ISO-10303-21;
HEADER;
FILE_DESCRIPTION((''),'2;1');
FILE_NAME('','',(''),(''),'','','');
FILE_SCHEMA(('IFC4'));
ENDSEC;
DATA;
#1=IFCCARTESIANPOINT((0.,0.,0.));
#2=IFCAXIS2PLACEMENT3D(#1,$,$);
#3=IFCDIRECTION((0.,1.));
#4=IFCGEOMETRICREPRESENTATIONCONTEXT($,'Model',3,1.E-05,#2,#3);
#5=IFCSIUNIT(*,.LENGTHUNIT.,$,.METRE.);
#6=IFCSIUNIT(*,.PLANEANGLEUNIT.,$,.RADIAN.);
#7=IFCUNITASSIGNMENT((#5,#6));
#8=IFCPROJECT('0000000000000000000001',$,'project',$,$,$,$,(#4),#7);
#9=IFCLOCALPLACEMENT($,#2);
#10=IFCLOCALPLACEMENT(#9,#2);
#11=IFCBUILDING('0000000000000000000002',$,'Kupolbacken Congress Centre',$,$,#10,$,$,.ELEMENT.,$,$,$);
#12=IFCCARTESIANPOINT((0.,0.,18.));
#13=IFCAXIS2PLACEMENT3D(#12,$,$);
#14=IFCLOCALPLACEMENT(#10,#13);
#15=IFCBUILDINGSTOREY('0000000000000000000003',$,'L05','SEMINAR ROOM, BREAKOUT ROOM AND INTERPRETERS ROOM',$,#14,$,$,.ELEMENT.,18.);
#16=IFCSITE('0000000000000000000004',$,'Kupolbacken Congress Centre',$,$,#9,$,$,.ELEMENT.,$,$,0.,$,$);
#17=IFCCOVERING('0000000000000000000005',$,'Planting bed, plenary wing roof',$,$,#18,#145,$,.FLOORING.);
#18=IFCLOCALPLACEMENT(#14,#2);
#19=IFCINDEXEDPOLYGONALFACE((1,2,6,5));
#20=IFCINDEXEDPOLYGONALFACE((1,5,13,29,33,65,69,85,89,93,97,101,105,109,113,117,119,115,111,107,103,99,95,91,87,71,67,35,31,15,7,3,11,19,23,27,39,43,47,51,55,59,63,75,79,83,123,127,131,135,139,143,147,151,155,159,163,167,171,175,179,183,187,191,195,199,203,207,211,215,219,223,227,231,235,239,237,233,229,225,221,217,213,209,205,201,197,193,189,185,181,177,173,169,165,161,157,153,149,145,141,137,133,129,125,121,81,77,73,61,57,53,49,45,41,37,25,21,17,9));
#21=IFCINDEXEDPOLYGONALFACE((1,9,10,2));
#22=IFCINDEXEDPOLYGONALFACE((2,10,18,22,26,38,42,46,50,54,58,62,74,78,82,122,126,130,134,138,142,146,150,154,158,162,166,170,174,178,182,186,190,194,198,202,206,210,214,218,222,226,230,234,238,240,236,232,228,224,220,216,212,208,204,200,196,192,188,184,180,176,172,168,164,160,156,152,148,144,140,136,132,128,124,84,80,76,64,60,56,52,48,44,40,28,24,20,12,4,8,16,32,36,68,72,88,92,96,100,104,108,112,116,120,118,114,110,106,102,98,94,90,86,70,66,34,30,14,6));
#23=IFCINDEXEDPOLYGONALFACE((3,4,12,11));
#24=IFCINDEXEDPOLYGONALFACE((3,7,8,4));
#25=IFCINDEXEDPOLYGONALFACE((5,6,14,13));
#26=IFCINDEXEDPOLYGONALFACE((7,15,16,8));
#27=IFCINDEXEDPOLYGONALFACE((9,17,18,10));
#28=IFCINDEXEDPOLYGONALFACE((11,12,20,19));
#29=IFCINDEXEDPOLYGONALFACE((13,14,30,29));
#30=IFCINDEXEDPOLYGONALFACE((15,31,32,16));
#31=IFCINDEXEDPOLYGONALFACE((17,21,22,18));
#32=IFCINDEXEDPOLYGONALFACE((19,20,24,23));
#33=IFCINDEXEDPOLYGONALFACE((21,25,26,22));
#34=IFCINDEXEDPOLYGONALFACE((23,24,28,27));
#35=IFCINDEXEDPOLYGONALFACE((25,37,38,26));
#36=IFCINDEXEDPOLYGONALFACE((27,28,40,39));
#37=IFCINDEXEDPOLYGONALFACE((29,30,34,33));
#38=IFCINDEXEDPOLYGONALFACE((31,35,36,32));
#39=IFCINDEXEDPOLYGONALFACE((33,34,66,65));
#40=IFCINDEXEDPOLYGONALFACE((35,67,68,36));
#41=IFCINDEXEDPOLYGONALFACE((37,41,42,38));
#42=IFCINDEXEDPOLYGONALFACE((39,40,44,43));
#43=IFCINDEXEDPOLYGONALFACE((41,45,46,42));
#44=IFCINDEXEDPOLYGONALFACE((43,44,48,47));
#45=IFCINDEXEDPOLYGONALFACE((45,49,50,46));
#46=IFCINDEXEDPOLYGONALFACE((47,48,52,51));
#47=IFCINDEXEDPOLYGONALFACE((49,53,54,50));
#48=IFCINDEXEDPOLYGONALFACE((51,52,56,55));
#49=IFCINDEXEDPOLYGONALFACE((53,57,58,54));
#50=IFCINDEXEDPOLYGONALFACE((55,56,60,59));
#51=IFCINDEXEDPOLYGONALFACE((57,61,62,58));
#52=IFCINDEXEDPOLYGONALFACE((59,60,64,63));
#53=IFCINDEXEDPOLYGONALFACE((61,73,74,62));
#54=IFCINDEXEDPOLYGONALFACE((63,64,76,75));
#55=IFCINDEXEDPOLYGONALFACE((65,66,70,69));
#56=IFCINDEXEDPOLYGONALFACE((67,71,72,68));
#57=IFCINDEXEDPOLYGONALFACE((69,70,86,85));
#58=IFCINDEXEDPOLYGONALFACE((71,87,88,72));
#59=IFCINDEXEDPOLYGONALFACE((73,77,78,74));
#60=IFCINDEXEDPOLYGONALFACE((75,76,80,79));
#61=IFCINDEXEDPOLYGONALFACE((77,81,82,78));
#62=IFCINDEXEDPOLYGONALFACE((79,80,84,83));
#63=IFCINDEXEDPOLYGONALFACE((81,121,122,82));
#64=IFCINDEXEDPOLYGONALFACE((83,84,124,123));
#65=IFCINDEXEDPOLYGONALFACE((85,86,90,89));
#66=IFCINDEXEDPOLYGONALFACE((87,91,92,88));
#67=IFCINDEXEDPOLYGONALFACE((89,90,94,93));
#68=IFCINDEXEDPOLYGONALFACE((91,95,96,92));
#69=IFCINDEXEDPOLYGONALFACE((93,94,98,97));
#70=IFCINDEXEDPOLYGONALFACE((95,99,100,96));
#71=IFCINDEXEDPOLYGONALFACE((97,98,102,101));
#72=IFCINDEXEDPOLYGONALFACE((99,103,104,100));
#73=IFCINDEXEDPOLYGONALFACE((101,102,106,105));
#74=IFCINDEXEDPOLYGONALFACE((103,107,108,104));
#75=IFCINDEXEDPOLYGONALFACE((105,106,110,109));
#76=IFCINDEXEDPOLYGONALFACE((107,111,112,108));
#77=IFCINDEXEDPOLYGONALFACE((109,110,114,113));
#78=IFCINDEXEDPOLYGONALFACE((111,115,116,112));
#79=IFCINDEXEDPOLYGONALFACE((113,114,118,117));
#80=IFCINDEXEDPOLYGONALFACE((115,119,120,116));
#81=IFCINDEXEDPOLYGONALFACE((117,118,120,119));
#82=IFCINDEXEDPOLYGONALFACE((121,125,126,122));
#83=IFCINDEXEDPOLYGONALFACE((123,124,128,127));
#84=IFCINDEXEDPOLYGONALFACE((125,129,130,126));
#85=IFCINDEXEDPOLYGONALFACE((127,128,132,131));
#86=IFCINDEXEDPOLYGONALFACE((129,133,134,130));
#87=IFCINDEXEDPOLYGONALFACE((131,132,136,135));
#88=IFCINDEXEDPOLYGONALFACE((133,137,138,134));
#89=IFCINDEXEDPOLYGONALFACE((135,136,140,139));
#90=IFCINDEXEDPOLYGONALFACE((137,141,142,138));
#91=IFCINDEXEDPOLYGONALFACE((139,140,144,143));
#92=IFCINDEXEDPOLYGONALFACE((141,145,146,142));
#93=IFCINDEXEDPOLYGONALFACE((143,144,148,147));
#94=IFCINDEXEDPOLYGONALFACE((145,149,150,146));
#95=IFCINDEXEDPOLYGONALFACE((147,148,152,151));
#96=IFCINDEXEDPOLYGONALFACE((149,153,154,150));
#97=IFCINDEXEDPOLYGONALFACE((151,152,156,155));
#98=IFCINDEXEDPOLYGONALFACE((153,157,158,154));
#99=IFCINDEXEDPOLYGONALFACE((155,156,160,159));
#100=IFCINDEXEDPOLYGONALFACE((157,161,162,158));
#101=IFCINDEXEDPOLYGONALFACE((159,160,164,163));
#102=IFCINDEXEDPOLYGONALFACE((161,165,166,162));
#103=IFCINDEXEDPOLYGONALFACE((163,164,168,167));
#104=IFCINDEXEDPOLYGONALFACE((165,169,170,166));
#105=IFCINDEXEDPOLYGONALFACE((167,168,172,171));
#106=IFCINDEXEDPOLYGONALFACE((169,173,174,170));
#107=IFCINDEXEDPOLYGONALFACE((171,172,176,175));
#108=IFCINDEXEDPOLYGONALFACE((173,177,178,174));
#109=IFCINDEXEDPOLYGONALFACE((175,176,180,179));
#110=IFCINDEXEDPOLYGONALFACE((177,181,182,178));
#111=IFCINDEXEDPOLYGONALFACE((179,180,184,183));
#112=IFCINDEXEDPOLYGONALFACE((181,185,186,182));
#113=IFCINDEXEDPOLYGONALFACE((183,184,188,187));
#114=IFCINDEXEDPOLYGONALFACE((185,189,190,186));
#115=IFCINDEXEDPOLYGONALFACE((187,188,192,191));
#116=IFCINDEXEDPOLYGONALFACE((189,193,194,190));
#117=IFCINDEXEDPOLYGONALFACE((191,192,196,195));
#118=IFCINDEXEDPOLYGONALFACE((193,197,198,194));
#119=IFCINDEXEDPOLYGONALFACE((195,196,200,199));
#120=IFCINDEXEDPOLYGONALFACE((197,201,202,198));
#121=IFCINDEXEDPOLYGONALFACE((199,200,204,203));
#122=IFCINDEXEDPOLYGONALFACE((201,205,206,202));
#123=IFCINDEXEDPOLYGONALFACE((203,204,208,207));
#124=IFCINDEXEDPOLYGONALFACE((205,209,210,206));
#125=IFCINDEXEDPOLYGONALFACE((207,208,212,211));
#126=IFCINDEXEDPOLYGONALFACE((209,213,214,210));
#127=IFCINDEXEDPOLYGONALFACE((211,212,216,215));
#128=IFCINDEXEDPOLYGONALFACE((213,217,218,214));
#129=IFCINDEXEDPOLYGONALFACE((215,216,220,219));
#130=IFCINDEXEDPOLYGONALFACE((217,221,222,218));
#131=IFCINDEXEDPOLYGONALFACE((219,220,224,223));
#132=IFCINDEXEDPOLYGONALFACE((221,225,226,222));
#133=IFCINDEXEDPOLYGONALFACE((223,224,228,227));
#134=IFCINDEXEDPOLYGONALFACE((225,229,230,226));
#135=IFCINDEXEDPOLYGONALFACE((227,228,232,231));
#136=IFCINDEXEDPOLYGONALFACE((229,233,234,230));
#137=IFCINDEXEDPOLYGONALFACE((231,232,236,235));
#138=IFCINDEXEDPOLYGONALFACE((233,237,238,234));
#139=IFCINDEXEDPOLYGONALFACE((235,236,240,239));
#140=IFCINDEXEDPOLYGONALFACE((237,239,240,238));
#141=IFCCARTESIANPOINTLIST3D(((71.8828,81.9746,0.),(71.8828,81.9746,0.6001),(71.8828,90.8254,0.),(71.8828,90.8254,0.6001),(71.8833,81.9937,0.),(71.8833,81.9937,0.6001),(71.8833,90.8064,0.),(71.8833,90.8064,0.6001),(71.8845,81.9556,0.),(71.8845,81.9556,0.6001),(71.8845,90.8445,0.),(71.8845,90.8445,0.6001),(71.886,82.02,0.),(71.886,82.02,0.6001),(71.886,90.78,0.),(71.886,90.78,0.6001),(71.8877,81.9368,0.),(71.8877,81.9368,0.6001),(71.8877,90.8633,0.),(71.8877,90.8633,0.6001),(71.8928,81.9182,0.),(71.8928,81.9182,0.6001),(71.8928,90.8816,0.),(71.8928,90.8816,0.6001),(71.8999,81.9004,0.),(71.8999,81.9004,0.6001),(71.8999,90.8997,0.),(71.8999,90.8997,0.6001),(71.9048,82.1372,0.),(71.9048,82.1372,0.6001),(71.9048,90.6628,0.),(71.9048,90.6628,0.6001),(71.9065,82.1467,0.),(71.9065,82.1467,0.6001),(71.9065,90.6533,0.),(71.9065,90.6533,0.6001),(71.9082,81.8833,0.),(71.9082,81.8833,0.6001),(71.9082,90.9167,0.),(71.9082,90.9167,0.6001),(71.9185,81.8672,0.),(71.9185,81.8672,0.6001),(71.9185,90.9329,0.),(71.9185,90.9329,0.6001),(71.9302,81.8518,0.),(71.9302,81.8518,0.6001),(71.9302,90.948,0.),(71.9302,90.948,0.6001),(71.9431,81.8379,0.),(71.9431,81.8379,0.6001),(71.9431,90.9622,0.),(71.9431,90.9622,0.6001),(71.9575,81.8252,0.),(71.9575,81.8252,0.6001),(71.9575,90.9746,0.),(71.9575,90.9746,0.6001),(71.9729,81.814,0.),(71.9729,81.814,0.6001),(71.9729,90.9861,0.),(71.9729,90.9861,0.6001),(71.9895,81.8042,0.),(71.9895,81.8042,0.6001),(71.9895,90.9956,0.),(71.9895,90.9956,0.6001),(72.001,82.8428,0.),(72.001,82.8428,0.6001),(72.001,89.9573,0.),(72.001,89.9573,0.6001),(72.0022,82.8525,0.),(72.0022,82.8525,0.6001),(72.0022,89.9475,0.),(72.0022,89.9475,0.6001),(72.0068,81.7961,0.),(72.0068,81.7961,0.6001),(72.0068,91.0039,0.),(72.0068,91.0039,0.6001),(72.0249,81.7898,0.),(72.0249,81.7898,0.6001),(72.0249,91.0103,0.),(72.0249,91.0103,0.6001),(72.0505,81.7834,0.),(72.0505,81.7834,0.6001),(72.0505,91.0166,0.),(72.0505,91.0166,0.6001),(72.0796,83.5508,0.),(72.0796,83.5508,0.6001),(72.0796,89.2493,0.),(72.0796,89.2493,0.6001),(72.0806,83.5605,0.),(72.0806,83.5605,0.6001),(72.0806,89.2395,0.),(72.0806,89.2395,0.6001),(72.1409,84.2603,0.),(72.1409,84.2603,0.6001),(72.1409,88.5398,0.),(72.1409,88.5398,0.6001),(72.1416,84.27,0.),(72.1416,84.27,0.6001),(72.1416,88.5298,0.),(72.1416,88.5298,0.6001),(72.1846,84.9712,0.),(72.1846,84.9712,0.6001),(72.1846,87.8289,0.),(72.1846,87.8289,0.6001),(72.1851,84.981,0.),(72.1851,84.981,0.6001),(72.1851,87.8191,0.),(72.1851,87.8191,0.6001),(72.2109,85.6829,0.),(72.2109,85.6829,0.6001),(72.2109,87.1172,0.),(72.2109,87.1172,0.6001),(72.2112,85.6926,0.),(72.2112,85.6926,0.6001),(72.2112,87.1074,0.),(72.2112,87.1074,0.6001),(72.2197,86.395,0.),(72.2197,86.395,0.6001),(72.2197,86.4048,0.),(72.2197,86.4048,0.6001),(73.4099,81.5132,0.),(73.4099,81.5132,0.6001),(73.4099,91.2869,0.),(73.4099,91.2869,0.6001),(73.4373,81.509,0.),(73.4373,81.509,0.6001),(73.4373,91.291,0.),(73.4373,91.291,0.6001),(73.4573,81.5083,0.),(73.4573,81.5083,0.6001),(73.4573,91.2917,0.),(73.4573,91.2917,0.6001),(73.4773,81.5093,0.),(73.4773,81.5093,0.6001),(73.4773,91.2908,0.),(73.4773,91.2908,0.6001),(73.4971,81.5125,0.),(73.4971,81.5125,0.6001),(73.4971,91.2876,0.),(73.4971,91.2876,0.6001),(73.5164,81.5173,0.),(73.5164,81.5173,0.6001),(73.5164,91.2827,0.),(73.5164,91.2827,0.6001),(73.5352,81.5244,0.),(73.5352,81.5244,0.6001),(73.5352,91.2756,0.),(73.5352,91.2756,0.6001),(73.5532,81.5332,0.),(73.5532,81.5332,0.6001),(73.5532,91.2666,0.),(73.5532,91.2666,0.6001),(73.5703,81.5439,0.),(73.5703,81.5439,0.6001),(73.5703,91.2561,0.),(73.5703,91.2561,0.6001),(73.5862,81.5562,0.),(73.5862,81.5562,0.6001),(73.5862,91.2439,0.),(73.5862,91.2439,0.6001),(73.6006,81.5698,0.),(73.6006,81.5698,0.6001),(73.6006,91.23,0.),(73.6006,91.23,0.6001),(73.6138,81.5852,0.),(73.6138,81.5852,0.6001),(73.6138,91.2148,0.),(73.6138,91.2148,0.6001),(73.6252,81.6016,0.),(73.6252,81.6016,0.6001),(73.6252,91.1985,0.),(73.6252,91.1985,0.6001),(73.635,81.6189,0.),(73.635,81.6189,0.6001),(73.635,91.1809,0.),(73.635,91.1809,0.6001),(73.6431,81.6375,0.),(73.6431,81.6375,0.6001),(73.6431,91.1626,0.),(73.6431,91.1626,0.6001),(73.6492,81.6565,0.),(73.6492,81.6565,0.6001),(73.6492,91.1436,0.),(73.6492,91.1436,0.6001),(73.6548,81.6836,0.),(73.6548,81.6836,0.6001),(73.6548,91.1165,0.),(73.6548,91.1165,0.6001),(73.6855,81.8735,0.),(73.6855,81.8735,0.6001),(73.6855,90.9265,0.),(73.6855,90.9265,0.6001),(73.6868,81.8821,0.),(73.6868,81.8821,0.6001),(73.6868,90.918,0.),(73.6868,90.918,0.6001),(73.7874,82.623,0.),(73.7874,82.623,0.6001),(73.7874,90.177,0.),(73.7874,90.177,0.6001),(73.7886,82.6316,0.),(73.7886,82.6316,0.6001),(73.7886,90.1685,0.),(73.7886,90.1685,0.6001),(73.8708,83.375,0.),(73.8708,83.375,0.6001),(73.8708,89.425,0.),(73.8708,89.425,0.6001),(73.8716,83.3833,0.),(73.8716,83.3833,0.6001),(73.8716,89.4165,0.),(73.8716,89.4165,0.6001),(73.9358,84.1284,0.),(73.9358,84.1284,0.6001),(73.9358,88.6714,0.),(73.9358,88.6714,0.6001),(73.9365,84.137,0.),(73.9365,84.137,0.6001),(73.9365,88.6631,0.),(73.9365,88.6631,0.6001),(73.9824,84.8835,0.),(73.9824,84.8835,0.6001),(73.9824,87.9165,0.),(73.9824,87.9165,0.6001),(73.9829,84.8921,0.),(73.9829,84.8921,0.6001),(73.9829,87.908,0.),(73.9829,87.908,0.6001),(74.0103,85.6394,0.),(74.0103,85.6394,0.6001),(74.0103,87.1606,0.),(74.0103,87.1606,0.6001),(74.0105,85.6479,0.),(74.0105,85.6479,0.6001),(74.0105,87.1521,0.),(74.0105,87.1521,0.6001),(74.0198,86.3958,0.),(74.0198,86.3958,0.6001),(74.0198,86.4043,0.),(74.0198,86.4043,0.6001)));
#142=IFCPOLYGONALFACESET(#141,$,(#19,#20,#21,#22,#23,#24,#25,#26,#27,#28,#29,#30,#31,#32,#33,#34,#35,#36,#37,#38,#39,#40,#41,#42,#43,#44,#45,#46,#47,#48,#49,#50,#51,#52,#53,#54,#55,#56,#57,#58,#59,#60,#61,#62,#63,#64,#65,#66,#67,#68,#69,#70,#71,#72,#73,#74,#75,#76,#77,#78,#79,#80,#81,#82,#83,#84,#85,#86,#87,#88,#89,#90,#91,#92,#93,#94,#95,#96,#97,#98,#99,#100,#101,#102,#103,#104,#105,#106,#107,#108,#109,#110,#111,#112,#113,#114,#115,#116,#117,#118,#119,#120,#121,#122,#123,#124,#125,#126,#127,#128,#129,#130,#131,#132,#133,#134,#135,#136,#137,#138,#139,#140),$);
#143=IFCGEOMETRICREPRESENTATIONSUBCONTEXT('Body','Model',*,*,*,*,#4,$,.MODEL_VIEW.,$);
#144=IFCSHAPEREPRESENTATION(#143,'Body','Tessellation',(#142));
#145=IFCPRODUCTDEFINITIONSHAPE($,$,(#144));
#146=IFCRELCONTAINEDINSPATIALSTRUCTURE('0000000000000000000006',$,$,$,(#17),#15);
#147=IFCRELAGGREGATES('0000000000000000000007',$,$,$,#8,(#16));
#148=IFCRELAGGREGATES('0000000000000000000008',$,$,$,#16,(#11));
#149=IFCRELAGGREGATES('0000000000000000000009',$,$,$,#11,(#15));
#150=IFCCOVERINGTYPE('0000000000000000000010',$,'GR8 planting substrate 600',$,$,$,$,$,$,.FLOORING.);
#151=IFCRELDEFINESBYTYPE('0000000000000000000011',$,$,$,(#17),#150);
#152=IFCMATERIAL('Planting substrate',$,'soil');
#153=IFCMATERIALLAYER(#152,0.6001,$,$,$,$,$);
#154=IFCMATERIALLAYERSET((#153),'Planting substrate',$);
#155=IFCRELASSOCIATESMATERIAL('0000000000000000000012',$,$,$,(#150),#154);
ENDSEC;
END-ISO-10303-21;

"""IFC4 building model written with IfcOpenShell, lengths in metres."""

from ifc_helpers import new_model, si_unit, direction, frame, origin, place, context, subcontext, project, spatial, polyline, outline, extrude, material, layer, layer_set, type_object, element, save


model = new_model("IFC4")

# Units and contexts
model_context = context("Model", 3, precision=1e-05, world=origin(), true_north=direction((0.0, 1.0)))
body_context = subcontext(model_context, "Body", "Model", "MODEL_VIEW")
ifc_project = project(units=[si_unit("LENGTHUNIT", "METRE"), si_unit("PLANEANGLEUNIT", "RADIAN")], contexts=[model_context])

# Site, building, storey
site_placement = place(None, origin())
site = spatial("IfcSite", under=ifc_project, at=site_placement, Name="Kupolbacken Congress Centre", CompositionType="ELEMENT", RefElevation=0.0)
building_placement = place(site_placement, origin())
building = spatial("IfcBuilding", under=site, at=building_placement, Name="Kupolbacken Congress Centre", CompositionType="ELEMENT")
storey_placement = place(building_placement, frame((0.0, 0.0, 18.0)))
storey = spatial("IfcBuildingStorey", under=building, at=storey_placement, Name="L05", Description="SEMINAR ROOM, BREAKOUT ROOM AND INTERPRETERS ROOM", CompositionType="ELEMENT", Elevation=18.0)

# Covering
ifc_material_1 = material(Name="Planting substrate", Category="soil")
ifc_layer_1 = layer(ifc_material_1, 0.6001)
ifc_layer_set_1 = layer_set([ifc_layer_1], Name="Planting substrate")
covering_type_1 = type_object("IfcCoveringType", Name="GR8 planting substrate 600", PredefinedType="FLOORING", material=ifc_layer_set_1)
covering_1_placement = place(storey_placement, origin())
element("IfcCovering", 1, at=covering_1_placement, inside=storey, type_object=covering_type_1, Name="Planting bed, plenary wing roof", PredefinedType="FLOORING", context=body_context, shape_type="SweptSolid", body=[
    extrude(outline(polyline([(71.9048, 82.1372), (71.9065, 82.1467), (72.001, 82.8428), (72.0022, 82.8525), (72.0796, 83.5508), (72.0806, 83.5605), (72.1409, 84.2603), (72.1416, 84.27), (72.1846, 84.9712), (72.1851, 84.981), (72.2109, 85.6829), (72.2112, 85.6926), (72.2197, 86.395), (72.2197, 86.4048), (72.2112, 87.1074), (72.2109, 87.1172), (72.1851, 87.8191), (72.1846, 87.8289), (72.1416, 88.5298), (72.1409, 88.5398), (72.0806, 89.2395), (72.0796, 89.2493), (72.0022, 89.9475), (72.001, 89.9573), (71.9065, 90.6533), (71.9048, 90.6628), (71.886, 90.78), (71.8833, 90.8064), (71.8828, 90.8254), (71.8845, 90.8445), (71.8877, 90.8633), (71.8928, 90.8816), (71.8999, 90.8997), (71.9082, 90.9167), (71.9185, 90.9329), (71.9302, 90.948), (71.9431, 90.9622), (71.9575, 90.9746), (71.9729, 90.9861), (71.9895, 90.9956), (72.0068, 91.0039), (72.0249, 91.0103), (72.0505, 91.0166), (73.4099, 91.2869), (73.4373, 91.291), (73.4573, 91.2917), (73.4773, 91.2908), (73.4971, 91.2876), (73.5164, 91.2827), (73.5352, 91.2756), (73.5532, 91.2666), (73.5703, 91.2561), (73.5862, 91.2439), (73.6006, 91.23), (73.6138, 91.2148), (73.6252, 91.1985), (73.635, 91.1809), (73.6431, 91.1626), (73.6492, 91.1436), (73.6548, 91.1165), (73.6855, 90.9265), (73.6868, 90.918), (73.7874, 90.177), (73.7886, 90.1685), (73.8708, 89.425), (73.8716, 89.4165), (73.9358, 88.6714), (73.9365, 88.6631), (73.9824, 87.9165), (73.9829, 87.908), (74.0103, 87.1606), (74.0105, 87.1521), (74.0198, 86.4043), (74.0198, 86.3958), (74.0105, 85.6479), (74.0103, 85.6394), (73.9829, 84.8921), (73.9824, 84.8835), (73.9365, 84.137), (73.9358, 84.1284), (73.8716, 83.3833), (73.8708, 83.375), (73.7886, 82.6316), (73.7874, 82.623), (73.6868, 81.8821), (73.6855, 81.8735), (73.6548, 81.6836), (73.6492, 81.6565), (73.6431, 81.6375), (73.635, 81.6189), (73.6252, 81.6016), (73.6138, 81.5852), (73.6006, 81.5698), (73.5862, 81.5562), (73.5703, 81.5439), (73.5532, 81.5332), (73.5352, 81.5244), (73.5164, 81.5173), (73.4971, 81.5125), (73.4773, 81.5093), (73.4573, 81.5083), (73.4373, 81.509), (73.4099, 81.5132), (72.0505, 81.7834), (72.0249, 81.7898), (72.0068, 81.7961), (71.9895, 81.8042), (71.9729, 81.814), (71.9575, 81.8252), (71.9431, 81.8379), (71.9302, 81.8518), (71.9185, 81.8672), (71.9082, 81.8833), (71.8999, 81.9004), (71.8928, 81.9182), (71.8877, 81.9368), (71.8845, 81.9556), (71.8828, 81.9746), (71.8833, 81.9937), (71.886, 82.02), (71.9048, 82.1372)])), origin(), (0.0, 0.0, 1.0), 0.6001),
])

save(model, "model.ifc")
